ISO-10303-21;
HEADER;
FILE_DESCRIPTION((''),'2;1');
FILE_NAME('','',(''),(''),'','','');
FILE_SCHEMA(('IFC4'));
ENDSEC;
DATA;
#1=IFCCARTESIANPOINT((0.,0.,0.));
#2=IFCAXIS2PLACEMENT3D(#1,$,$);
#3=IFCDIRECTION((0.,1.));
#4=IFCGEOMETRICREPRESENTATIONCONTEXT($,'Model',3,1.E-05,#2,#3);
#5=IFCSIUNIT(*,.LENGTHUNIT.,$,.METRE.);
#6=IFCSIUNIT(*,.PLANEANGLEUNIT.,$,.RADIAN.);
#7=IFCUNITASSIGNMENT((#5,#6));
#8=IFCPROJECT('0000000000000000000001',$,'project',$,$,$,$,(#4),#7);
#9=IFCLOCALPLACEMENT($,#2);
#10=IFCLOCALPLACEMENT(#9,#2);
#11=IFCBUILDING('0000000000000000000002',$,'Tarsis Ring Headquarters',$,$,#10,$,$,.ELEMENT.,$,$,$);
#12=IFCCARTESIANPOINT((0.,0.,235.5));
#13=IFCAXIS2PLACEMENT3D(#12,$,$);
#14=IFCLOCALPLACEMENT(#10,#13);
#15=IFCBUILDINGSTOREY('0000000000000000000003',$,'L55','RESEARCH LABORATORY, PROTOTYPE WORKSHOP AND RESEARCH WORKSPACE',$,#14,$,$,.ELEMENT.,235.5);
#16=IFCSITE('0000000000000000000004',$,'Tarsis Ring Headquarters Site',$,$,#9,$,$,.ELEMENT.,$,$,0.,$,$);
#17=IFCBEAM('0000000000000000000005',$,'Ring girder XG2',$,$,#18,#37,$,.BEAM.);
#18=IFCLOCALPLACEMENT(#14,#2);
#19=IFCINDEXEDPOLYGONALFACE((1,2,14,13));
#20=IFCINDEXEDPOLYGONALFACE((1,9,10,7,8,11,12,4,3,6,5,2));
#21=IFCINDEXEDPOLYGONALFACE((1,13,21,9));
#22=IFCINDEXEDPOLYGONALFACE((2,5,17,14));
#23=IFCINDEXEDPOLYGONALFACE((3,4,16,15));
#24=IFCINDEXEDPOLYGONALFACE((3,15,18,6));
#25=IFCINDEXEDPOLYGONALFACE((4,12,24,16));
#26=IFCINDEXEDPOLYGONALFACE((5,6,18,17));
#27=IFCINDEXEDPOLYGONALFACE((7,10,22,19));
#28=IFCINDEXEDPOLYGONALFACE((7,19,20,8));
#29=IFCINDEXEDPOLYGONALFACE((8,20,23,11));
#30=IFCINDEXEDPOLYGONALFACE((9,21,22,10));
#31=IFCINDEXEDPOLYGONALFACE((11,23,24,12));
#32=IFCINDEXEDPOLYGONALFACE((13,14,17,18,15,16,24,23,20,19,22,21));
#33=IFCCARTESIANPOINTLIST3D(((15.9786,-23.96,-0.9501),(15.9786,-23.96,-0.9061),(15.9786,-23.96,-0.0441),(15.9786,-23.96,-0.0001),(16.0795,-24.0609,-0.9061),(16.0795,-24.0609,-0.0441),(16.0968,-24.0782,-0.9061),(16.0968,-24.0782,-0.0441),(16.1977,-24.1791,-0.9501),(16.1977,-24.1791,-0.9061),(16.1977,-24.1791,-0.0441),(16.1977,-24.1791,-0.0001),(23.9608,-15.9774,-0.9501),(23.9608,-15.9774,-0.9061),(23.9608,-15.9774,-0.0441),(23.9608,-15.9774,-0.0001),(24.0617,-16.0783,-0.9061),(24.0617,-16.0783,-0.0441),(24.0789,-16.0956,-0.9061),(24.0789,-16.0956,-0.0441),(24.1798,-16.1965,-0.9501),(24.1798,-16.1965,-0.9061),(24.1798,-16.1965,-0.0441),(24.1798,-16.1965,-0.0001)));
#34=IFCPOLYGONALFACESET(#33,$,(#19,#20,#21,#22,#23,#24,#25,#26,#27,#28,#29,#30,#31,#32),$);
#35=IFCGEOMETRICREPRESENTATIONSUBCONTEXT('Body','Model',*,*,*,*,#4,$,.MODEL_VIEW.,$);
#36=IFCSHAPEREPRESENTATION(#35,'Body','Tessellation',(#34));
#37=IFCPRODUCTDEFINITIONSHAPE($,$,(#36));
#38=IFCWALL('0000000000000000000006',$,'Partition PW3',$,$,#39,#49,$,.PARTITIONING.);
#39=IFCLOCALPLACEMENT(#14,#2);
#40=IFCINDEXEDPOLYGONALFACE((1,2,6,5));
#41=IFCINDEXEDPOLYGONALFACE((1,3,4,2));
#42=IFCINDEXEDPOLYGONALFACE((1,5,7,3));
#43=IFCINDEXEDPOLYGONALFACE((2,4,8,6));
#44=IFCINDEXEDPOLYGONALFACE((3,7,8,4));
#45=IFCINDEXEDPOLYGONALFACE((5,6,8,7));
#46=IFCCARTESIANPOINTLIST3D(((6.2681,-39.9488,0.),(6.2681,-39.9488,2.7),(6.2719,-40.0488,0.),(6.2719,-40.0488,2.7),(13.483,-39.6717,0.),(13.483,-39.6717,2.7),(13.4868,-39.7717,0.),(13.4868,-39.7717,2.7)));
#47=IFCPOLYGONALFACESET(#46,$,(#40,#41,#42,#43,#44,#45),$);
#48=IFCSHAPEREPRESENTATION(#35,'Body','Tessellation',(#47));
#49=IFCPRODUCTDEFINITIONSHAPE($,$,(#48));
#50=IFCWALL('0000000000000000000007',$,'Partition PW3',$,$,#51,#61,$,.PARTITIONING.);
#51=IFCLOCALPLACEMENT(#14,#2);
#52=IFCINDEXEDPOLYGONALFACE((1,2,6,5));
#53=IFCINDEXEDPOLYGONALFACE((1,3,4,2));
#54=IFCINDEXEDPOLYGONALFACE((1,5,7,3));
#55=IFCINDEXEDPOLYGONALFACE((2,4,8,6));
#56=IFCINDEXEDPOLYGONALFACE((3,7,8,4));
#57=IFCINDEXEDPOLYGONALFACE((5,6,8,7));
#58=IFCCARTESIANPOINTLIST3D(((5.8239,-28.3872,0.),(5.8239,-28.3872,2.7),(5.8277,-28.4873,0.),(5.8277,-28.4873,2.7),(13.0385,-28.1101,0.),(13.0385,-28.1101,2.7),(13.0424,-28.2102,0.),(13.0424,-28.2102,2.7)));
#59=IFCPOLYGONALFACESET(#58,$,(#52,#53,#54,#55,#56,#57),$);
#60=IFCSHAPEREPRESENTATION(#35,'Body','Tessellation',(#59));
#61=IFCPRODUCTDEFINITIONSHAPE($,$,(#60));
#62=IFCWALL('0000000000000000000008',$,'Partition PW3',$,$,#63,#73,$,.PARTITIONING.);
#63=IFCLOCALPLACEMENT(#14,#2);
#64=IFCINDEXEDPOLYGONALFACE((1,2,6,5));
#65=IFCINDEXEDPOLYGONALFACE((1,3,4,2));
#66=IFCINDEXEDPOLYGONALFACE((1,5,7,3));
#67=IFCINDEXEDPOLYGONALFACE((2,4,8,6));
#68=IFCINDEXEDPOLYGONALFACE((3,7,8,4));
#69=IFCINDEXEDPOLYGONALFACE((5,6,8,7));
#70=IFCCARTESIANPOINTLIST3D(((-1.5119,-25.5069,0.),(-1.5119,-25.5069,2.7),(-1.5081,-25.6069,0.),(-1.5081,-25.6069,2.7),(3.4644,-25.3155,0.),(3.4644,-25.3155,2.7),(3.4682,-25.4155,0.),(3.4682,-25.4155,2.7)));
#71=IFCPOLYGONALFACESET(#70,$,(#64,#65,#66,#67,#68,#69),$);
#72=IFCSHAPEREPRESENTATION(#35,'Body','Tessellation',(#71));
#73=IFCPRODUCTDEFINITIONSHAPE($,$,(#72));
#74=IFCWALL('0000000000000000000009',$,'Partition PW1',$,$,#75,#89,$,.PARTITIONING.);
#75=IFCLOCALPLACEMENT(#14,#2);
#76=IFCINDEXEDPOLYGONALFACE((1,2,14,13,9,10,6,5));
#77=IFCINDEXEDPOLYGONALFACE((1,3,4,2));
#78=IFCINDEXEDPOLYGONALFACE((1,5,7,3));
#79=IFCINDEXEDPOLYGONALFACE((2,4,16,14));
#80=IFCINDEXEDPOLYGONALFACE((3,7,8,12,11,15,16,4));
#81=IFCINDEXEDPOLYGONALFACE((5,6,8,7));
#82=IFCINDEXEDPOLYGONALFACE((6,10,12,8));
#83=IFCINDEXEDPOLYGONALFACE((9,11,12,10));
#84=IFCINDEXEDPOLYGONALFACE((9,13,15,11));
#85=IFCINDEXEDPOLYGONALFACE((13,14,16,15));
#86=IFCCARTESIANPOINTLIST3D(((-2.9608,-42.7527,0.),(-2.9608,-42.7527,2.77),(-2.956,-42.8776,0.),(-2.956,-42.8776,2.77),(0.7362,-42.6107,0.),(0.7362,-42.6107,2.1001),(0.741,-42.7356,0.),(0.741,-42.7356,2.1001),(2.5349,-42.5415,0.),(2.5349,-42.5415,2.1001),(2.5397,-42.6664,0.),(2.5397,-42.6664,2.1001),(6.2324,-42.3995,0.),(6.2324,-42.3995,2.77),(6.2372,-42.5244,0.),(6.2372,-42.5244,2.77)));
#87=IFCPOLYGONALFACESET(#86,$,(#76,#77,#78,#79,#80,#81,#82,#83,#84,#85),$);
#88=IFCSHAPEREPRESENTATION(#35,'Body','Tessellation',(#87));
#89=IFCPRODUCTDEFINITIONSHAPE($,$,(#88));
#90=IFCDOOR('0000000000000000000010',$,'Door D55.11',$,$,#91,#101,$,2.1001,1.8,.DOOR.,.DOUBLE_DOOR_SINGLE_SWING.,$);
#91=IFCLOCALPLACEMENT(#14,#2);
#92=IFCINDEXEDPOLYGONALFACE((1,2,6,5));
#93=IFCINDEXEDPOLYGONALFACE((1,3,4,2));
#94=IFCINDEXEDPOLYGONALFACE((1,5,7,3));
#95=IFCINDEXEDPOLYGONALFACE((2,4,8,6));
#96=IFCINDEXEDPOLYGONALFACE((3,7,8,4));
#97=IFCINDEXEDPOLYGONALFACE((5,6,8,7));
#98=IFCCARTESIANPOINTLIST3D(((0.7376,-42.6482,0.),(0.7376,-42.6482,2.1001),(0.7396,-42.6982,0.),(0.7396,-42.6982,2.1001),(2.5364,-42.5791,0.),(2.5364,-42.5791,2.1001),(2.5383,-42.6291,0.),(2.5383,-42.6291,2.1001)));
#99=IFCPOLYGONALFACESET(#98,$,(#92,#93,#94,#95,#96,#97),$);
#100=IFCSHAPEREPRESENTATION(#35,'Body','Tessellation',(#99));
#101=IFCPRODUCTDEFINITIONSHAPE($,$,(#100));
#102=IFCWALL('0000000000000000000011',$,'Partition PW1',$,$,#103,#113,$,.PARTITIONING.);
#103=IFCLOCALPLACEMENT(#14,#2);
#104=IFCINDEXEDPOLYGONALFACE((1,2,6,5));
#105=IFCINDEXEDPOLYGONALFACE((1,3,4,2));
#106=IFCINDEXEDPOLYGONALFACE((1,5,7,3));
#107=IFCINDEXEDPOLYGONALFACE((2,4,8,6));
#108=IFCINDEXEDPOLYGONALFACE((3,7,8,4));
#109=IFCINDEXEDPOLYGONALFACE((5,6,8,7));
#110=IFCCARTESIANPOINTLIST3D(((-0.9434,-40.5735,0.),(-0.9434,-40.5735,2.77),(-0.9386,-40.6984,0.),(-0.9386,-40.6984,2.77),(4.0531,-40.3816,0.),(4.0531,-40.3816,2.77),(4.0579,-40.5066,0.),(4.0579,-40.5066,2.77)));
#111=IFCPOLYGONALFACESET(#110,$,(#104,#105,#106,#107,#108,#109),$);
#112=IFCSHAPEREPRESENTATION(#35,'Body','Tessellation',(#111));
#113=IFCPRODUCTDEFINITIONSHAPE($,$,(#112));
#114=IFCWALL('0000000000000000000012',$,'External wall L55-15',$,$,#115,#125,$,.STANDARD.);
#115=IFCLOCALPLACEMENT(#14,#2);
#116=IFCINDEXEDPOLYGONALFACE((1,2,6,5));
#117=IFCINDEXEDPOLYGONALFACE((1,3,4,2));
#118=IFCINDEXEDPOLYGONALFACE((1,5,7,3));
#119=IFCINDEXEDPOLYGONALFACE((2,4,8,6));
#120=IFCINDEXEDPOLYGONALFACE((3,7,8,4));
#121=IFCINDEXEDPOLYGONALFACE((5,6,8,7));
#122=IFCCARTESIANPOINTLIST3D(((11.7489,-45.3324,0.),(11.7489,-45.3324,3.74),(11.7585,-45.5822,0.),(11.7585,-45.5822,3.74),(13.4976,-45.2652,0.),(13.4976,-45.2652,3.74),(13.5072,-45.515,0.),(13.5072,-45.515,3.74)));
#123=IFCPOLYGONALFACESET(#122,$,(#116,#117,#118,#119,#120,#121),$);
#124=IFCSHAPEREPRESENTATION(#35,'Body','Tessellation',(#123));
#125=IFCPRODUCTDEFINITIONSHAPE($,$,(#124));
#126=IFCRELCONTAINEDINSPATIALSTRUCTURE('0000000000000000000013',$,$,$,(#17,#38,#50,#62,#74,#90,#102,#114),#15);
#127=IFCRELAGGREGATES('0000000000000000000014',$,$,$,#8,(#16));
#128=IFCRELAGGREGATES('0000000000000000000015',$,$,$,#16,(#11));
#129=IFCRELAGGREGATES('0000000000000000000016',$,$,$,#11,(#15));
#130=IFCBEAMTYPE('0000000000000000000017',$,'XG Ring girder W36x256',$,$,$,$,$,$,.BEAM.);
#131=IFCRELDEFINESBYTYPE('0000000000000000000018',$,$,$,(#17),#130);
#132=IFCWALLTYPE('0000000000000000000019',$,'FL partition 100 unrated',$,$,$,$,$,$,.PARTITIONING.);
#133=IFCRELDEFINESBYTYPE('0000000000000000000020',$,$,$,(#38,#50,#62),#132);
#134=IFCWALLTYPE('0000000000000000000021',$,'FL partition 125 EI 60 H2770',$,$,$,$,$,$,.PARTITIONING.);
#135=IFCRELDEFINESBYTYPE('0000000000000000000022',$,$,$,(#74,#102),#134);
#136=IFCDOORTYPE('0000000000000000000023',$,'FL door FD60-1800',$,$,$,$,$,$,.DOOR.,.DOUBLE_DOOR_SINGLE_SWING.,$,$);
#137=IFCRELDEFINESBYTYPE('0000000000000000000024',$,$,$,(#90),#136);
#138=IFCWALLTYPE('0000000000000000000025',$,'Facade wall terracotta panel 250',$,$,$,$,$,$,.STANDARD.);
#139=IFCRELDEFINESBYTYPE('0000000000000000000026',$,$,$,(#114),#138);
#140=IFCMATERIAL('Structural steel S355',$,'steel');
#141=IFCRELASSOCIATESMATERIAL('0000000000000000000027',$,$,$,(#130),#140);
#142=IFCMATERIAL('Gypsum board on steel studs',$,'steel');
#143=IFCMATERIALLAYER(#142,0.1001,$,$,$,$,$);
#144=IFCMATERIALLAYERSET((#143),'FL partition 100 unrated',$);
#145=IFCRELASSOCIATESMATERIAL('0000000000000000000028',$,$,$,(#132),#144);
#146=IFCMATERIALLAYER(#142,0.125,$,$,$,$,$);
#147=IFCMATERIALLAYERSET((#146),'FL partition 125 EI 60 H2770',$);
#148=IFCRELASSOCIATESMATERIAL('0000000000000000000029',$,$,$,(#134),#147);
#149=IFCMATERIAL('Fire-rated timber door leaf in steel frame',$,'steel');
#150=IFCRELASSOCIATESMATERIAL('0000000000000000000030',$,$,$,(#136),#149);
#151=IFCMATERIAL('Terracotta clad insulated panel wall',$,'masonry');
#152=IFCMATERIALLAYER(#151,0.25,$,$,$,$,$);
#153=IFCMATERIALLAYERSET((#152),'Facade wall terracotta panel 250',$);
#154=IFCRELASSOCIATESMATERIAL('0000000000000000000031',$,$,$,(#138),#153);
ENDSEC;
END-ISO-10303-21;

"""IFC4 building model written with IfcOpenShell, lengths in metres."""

from ifc_helpers import new_model, si_unit, direction, frame, frame_2d, origin, origin_2d, place, context, subcontext, project, spatial, rectangle, i_section, extrude, material, layer, layer_set, material_profile, profile_set, type_object, element, fill, save


model = new_model("IFC4")

# Units and contexts
model_context = context("Model", 3, precision=1e-05, world=origin(), true_north=direction((0.0, 1.0)))
body_context = subcontext(model_context, "Body", "Model", "MODEL_VIEW")
ifc_project = project(units=[si_unit("LENGTHUNIT", "METRE"), si_unit("PLANEANGLEUNIT", "RADIAN")], contexts=[model_context])

# Site, building, storey
site_placement = place(None, origin())
site = spatial("IfcSite", under=ifc_project, at=site_placement, Name="Tarsis Ring Headquarters Site", CompositionType="ELEMENT", RefElevation=0.0)
building_placement = place(site_placement, origin())
building = spatial("IfcBuilding", under=site, at=building_placement, Name="Tarsis Ring Headquarters", CompositionType="ELEMENT")
storey_placement = place(building_placement, frame((0.0, 0.0, 235.5)))
storey = spatial("IfcBuildingStorey", under=building, at=storey_placement, Name="L55", Description="RESEARCH LABORATORY, PROTOTYPE WORKSHOP AND RESEARCH WORKSPACE", CompositionType="ELEMENT", Elevation=235.5)

# Shared definitions
ifc_material_1 = material(Name="Structural steel S355", Category="steel")

# Beam
ifc_material_profile_1 = material_profile(ifc_material_1, i_section(OverallWidth=0.3098, OverallDepth=0.95, WebThickness=0.0244, FlangeThickness=0.0439, at=origin_2d()), Name="W36x256")
ifc_profile_set_1 = profile_set([ifc_material_profile_1], Name="Structural steel S355")
beam_type = type_object("IfcBeamType", Name="XG Ring girder W36x256", PredefinedType="BEAM", material=ifc_profile_set_1)
beam_1_placement = place(storey_placement, frame((16.0881, -24.0696, -0.4751), z_axis=(0.707085, 0.707128, 0.0), x_axis=(-0.707128, 0.707085, 0.0)))
element("IfcBeam", 1, at=beam_1_placement, inside=storey, type_object=beam_type, Name="Ring girder XG2", PredefinedType="BEAM", context=body_context, shape_type="SweptSolid", body=[
    extrude(i_section(OverallWidth=0.3098, OverallDepth=0.95, WebThickness=0.0244, FlangeThickness=0.0439, at=origin_2d()), origin(), (0.0, 0.0, 1.0), 11.2888),
])

# Walls
ifc_material_2 = material(Name="Gypsum board on steel studs", Category="steel")
ifc_layer_1 = layer(ifc_material_2, 0.1001)
ifc_layer_set_1 = layer_set([ifc_layer_1], Name="FL partition 100 unrated")
wall_type_1 = type_object("IfcWallType", Name="FL partition 100 unrated", PredefinedType="PARTITIONING", material=ifc_layer_set_1)
wall_1_placement = place(storey_placement, frame((6.27, -39.9988, 0.0), z_axis=(0.0, 0.0, 1.0), x_axis=(0.999263, 0.038379, 0.0)))
element("IfcWall", 2, at=wall_1_placement, inside=storey, type_object=wall_type_1, Name="Partition PW3", PredefinedType="PARTITIONING", context=body_context, shape_type="SweptSolid", body=[
    extrude(rectangle(XDim=7.2202, YDim=0.1001, at=frame_2d((3.6101, 0.0))), origin(), (0.0, 0.0, 1.0), 2.7),
])
wall_2_placement = place(storey_placement, frame((5.8259, -28.4373, 0.0), z_axis=(0.0, 0.0, 1.0), x_axis=(0.999263, 0.03838, 0.0)))
element("IfcWall", 3, at=wall_2_placement, inside=storey, type_object=wall_type_1, Name="Partition PW3", PredefinedType="PARTITIONING", context=body_context, shape_type="SweptSolid", body=[
    extrude(rectangle(XDim=7.22, YDim=0.1001, at=frame_2d((3.6099, 0.0))), origin(), (0.0, 0.0, 1.0), 2.7),
])
wall_3_placement = place(storey_placement, frame((-1.51, -25.5569, 0.0), z_axis=(0.0, 0.0, 1.0), x_axis=(0.999261, 0.038435, 0.0)))
element("IfcWall", 4, at=wall_3_placement, inside=storey, type_object=wall_type_1, Name="Partition PW3", PredefinedType="PARTITIONING", context=body_context, shape_type="SweptSolid", body=[
    extrude(rectangle(XDim=4.98, YDim=0.1001, at=frame_2d((2.49, 0.0))), origin(), (0.0, 0.0, 1.0), 2.7),
])

# Wall, opening, door
ifc_layer_2 = layer(ifc_material_2, 0.125)
ifc_layer_set_2 = layer_set([ifc_layer_2], Name="FL partition 125 EI 60 H2770")
wall_type_2 = type_object("IfcWallType", Name="FL partition 125 EI 60 H2770", PredefinedType="PARTITIONING", material=ifc_layer_set_2)
wall_4_placement = place(storey_placement, frame((-2.9585, -42.8152, 0.0), z_axis=(0.0, 0.0, 1.0), x_axis=(0.999262, 0.038399, 0.0)))
wall_4 = element("IfcWall", 5, at=wall_4_placement, inside=storey, type_object=wall_type_2, Name="Partition PW1", PredefinedType="PARTITIONING", context=body_context, shape_type="SweptSolid", body=[
    extrude(rectangle(XDim=9.2, YDim=0.125, at=frame_2d((4.6001, 0.0))), origin(), (0.0, 0.0, 1.0), 2.77),
])
opening_1_placement = place(wall_4_placement, frame((3.7, 0.0, 0.0)))
opening_1 = element("IfcOpeningElement", 6, at=opening_1_placement, cuts=wall_4, PredefinedType="OPENING", context=body_context, shape_type="SweptSolid", body=[
    extrude(rectangle(XDim=1.8, YDim=2.1001, at=frame_2d((0.8999, 1.05))), frame((0.0, 0.0725, 0.0), z_axis=(0.0, -1.0, 0.0), x_axis=(1.0, 0.0, 0.0)), (0.0, 0.0, 1.0), 0.145),
])
ifc_material_3 = material(Name="Fire-rated timber door leaf in steel frame", Category="steel")
door_type = type_object("IfcDoorType", Name="FL door FD60-1800", OperationType="DOUBLE_DOOR_SINGLE_SWING", PredefinedType="DOOR", material=ifc_material_3)
door_placement = place(opening_1_placement, origin())
door = element("IfcDoor", 7, at=door_placement, inside=storey, type_object=door_type, Name="Door D55.11", OperationType="DOUBLE_DOOR_SINGLE_SWING", OverallHeight=2.1001, OverallWidth=1.8, PredefinedType="DOOR", context=body_context, shape_type="SweptSolid", body=[
    extrude(rectangle(XDim=1.8, YDim=2.1001, at=frame_2d((0.8999, 1.05))), frame((0.0, 0.0249, 0.0), z_axis=(0.0, -1.0, 0.0), x_axis=(1.0, 0.0, 0.0)), (0.0, 0.0, 1.0), 0.05),
])
fill(opening_1, door)

# Walls
wall_5_placement = place(storey_placement, frame((-0.9409, -40.636, 0.0), z_axis=(0.0, 0.0, 1.0), x_axis=(0.999263, 0.038377, 0.0)))
element("IfcWall", 8, at=wall_5_placement, inside=storey, type_object=wall_type_2, Name="Partition PW1", PredefinedType="PARTITIONING", context=body_context, shape_type="SweptSolid", body=[
    extrude(rectangle(XDim=5.0002, YDim=0.125, at=frame_2d((2.5, 0.0))), origin(), (0.0, 0.0, 1.0), 2.77),
])
ifc_material_4 = material(Name="Terracotta clad insulated panel wall", Category="masonry")
ifc_layer_3 = layer(ifc_material_4, 0.25)
ifc_layer_set_3 = layer_set([ifc_layer_3], Name="Facade wall terracotta panel 250")
wall_type_3 = type_object("IfcWallType", Name="Facade wall terracotta panel 250", PredefinedType="STANDARD", material=ifc_layer_set_3)
wall_6_placement = place(storey_placement, frame((11.7537, -45.4573, 0.0), z_axis=(0.0, 0.0, 1.0), x_axis=(0.999264, 0.038363, 0.0)))
element("IfcWall", 9, at=wall_6_placement, inside=storey, type_object=wall_type_3, Name="External wall L55-15", PredefinedType="STANDARD", context=body_context, shape_type="SweptSolid", body=[
    extrude(rectangle(XDim=1.75, YDim=0.25, at=frame_2d((0.875, 0.0))), origin(), (0.0, 0.0, 1.0), 3.74),
])

save(model, "model.ifc")
